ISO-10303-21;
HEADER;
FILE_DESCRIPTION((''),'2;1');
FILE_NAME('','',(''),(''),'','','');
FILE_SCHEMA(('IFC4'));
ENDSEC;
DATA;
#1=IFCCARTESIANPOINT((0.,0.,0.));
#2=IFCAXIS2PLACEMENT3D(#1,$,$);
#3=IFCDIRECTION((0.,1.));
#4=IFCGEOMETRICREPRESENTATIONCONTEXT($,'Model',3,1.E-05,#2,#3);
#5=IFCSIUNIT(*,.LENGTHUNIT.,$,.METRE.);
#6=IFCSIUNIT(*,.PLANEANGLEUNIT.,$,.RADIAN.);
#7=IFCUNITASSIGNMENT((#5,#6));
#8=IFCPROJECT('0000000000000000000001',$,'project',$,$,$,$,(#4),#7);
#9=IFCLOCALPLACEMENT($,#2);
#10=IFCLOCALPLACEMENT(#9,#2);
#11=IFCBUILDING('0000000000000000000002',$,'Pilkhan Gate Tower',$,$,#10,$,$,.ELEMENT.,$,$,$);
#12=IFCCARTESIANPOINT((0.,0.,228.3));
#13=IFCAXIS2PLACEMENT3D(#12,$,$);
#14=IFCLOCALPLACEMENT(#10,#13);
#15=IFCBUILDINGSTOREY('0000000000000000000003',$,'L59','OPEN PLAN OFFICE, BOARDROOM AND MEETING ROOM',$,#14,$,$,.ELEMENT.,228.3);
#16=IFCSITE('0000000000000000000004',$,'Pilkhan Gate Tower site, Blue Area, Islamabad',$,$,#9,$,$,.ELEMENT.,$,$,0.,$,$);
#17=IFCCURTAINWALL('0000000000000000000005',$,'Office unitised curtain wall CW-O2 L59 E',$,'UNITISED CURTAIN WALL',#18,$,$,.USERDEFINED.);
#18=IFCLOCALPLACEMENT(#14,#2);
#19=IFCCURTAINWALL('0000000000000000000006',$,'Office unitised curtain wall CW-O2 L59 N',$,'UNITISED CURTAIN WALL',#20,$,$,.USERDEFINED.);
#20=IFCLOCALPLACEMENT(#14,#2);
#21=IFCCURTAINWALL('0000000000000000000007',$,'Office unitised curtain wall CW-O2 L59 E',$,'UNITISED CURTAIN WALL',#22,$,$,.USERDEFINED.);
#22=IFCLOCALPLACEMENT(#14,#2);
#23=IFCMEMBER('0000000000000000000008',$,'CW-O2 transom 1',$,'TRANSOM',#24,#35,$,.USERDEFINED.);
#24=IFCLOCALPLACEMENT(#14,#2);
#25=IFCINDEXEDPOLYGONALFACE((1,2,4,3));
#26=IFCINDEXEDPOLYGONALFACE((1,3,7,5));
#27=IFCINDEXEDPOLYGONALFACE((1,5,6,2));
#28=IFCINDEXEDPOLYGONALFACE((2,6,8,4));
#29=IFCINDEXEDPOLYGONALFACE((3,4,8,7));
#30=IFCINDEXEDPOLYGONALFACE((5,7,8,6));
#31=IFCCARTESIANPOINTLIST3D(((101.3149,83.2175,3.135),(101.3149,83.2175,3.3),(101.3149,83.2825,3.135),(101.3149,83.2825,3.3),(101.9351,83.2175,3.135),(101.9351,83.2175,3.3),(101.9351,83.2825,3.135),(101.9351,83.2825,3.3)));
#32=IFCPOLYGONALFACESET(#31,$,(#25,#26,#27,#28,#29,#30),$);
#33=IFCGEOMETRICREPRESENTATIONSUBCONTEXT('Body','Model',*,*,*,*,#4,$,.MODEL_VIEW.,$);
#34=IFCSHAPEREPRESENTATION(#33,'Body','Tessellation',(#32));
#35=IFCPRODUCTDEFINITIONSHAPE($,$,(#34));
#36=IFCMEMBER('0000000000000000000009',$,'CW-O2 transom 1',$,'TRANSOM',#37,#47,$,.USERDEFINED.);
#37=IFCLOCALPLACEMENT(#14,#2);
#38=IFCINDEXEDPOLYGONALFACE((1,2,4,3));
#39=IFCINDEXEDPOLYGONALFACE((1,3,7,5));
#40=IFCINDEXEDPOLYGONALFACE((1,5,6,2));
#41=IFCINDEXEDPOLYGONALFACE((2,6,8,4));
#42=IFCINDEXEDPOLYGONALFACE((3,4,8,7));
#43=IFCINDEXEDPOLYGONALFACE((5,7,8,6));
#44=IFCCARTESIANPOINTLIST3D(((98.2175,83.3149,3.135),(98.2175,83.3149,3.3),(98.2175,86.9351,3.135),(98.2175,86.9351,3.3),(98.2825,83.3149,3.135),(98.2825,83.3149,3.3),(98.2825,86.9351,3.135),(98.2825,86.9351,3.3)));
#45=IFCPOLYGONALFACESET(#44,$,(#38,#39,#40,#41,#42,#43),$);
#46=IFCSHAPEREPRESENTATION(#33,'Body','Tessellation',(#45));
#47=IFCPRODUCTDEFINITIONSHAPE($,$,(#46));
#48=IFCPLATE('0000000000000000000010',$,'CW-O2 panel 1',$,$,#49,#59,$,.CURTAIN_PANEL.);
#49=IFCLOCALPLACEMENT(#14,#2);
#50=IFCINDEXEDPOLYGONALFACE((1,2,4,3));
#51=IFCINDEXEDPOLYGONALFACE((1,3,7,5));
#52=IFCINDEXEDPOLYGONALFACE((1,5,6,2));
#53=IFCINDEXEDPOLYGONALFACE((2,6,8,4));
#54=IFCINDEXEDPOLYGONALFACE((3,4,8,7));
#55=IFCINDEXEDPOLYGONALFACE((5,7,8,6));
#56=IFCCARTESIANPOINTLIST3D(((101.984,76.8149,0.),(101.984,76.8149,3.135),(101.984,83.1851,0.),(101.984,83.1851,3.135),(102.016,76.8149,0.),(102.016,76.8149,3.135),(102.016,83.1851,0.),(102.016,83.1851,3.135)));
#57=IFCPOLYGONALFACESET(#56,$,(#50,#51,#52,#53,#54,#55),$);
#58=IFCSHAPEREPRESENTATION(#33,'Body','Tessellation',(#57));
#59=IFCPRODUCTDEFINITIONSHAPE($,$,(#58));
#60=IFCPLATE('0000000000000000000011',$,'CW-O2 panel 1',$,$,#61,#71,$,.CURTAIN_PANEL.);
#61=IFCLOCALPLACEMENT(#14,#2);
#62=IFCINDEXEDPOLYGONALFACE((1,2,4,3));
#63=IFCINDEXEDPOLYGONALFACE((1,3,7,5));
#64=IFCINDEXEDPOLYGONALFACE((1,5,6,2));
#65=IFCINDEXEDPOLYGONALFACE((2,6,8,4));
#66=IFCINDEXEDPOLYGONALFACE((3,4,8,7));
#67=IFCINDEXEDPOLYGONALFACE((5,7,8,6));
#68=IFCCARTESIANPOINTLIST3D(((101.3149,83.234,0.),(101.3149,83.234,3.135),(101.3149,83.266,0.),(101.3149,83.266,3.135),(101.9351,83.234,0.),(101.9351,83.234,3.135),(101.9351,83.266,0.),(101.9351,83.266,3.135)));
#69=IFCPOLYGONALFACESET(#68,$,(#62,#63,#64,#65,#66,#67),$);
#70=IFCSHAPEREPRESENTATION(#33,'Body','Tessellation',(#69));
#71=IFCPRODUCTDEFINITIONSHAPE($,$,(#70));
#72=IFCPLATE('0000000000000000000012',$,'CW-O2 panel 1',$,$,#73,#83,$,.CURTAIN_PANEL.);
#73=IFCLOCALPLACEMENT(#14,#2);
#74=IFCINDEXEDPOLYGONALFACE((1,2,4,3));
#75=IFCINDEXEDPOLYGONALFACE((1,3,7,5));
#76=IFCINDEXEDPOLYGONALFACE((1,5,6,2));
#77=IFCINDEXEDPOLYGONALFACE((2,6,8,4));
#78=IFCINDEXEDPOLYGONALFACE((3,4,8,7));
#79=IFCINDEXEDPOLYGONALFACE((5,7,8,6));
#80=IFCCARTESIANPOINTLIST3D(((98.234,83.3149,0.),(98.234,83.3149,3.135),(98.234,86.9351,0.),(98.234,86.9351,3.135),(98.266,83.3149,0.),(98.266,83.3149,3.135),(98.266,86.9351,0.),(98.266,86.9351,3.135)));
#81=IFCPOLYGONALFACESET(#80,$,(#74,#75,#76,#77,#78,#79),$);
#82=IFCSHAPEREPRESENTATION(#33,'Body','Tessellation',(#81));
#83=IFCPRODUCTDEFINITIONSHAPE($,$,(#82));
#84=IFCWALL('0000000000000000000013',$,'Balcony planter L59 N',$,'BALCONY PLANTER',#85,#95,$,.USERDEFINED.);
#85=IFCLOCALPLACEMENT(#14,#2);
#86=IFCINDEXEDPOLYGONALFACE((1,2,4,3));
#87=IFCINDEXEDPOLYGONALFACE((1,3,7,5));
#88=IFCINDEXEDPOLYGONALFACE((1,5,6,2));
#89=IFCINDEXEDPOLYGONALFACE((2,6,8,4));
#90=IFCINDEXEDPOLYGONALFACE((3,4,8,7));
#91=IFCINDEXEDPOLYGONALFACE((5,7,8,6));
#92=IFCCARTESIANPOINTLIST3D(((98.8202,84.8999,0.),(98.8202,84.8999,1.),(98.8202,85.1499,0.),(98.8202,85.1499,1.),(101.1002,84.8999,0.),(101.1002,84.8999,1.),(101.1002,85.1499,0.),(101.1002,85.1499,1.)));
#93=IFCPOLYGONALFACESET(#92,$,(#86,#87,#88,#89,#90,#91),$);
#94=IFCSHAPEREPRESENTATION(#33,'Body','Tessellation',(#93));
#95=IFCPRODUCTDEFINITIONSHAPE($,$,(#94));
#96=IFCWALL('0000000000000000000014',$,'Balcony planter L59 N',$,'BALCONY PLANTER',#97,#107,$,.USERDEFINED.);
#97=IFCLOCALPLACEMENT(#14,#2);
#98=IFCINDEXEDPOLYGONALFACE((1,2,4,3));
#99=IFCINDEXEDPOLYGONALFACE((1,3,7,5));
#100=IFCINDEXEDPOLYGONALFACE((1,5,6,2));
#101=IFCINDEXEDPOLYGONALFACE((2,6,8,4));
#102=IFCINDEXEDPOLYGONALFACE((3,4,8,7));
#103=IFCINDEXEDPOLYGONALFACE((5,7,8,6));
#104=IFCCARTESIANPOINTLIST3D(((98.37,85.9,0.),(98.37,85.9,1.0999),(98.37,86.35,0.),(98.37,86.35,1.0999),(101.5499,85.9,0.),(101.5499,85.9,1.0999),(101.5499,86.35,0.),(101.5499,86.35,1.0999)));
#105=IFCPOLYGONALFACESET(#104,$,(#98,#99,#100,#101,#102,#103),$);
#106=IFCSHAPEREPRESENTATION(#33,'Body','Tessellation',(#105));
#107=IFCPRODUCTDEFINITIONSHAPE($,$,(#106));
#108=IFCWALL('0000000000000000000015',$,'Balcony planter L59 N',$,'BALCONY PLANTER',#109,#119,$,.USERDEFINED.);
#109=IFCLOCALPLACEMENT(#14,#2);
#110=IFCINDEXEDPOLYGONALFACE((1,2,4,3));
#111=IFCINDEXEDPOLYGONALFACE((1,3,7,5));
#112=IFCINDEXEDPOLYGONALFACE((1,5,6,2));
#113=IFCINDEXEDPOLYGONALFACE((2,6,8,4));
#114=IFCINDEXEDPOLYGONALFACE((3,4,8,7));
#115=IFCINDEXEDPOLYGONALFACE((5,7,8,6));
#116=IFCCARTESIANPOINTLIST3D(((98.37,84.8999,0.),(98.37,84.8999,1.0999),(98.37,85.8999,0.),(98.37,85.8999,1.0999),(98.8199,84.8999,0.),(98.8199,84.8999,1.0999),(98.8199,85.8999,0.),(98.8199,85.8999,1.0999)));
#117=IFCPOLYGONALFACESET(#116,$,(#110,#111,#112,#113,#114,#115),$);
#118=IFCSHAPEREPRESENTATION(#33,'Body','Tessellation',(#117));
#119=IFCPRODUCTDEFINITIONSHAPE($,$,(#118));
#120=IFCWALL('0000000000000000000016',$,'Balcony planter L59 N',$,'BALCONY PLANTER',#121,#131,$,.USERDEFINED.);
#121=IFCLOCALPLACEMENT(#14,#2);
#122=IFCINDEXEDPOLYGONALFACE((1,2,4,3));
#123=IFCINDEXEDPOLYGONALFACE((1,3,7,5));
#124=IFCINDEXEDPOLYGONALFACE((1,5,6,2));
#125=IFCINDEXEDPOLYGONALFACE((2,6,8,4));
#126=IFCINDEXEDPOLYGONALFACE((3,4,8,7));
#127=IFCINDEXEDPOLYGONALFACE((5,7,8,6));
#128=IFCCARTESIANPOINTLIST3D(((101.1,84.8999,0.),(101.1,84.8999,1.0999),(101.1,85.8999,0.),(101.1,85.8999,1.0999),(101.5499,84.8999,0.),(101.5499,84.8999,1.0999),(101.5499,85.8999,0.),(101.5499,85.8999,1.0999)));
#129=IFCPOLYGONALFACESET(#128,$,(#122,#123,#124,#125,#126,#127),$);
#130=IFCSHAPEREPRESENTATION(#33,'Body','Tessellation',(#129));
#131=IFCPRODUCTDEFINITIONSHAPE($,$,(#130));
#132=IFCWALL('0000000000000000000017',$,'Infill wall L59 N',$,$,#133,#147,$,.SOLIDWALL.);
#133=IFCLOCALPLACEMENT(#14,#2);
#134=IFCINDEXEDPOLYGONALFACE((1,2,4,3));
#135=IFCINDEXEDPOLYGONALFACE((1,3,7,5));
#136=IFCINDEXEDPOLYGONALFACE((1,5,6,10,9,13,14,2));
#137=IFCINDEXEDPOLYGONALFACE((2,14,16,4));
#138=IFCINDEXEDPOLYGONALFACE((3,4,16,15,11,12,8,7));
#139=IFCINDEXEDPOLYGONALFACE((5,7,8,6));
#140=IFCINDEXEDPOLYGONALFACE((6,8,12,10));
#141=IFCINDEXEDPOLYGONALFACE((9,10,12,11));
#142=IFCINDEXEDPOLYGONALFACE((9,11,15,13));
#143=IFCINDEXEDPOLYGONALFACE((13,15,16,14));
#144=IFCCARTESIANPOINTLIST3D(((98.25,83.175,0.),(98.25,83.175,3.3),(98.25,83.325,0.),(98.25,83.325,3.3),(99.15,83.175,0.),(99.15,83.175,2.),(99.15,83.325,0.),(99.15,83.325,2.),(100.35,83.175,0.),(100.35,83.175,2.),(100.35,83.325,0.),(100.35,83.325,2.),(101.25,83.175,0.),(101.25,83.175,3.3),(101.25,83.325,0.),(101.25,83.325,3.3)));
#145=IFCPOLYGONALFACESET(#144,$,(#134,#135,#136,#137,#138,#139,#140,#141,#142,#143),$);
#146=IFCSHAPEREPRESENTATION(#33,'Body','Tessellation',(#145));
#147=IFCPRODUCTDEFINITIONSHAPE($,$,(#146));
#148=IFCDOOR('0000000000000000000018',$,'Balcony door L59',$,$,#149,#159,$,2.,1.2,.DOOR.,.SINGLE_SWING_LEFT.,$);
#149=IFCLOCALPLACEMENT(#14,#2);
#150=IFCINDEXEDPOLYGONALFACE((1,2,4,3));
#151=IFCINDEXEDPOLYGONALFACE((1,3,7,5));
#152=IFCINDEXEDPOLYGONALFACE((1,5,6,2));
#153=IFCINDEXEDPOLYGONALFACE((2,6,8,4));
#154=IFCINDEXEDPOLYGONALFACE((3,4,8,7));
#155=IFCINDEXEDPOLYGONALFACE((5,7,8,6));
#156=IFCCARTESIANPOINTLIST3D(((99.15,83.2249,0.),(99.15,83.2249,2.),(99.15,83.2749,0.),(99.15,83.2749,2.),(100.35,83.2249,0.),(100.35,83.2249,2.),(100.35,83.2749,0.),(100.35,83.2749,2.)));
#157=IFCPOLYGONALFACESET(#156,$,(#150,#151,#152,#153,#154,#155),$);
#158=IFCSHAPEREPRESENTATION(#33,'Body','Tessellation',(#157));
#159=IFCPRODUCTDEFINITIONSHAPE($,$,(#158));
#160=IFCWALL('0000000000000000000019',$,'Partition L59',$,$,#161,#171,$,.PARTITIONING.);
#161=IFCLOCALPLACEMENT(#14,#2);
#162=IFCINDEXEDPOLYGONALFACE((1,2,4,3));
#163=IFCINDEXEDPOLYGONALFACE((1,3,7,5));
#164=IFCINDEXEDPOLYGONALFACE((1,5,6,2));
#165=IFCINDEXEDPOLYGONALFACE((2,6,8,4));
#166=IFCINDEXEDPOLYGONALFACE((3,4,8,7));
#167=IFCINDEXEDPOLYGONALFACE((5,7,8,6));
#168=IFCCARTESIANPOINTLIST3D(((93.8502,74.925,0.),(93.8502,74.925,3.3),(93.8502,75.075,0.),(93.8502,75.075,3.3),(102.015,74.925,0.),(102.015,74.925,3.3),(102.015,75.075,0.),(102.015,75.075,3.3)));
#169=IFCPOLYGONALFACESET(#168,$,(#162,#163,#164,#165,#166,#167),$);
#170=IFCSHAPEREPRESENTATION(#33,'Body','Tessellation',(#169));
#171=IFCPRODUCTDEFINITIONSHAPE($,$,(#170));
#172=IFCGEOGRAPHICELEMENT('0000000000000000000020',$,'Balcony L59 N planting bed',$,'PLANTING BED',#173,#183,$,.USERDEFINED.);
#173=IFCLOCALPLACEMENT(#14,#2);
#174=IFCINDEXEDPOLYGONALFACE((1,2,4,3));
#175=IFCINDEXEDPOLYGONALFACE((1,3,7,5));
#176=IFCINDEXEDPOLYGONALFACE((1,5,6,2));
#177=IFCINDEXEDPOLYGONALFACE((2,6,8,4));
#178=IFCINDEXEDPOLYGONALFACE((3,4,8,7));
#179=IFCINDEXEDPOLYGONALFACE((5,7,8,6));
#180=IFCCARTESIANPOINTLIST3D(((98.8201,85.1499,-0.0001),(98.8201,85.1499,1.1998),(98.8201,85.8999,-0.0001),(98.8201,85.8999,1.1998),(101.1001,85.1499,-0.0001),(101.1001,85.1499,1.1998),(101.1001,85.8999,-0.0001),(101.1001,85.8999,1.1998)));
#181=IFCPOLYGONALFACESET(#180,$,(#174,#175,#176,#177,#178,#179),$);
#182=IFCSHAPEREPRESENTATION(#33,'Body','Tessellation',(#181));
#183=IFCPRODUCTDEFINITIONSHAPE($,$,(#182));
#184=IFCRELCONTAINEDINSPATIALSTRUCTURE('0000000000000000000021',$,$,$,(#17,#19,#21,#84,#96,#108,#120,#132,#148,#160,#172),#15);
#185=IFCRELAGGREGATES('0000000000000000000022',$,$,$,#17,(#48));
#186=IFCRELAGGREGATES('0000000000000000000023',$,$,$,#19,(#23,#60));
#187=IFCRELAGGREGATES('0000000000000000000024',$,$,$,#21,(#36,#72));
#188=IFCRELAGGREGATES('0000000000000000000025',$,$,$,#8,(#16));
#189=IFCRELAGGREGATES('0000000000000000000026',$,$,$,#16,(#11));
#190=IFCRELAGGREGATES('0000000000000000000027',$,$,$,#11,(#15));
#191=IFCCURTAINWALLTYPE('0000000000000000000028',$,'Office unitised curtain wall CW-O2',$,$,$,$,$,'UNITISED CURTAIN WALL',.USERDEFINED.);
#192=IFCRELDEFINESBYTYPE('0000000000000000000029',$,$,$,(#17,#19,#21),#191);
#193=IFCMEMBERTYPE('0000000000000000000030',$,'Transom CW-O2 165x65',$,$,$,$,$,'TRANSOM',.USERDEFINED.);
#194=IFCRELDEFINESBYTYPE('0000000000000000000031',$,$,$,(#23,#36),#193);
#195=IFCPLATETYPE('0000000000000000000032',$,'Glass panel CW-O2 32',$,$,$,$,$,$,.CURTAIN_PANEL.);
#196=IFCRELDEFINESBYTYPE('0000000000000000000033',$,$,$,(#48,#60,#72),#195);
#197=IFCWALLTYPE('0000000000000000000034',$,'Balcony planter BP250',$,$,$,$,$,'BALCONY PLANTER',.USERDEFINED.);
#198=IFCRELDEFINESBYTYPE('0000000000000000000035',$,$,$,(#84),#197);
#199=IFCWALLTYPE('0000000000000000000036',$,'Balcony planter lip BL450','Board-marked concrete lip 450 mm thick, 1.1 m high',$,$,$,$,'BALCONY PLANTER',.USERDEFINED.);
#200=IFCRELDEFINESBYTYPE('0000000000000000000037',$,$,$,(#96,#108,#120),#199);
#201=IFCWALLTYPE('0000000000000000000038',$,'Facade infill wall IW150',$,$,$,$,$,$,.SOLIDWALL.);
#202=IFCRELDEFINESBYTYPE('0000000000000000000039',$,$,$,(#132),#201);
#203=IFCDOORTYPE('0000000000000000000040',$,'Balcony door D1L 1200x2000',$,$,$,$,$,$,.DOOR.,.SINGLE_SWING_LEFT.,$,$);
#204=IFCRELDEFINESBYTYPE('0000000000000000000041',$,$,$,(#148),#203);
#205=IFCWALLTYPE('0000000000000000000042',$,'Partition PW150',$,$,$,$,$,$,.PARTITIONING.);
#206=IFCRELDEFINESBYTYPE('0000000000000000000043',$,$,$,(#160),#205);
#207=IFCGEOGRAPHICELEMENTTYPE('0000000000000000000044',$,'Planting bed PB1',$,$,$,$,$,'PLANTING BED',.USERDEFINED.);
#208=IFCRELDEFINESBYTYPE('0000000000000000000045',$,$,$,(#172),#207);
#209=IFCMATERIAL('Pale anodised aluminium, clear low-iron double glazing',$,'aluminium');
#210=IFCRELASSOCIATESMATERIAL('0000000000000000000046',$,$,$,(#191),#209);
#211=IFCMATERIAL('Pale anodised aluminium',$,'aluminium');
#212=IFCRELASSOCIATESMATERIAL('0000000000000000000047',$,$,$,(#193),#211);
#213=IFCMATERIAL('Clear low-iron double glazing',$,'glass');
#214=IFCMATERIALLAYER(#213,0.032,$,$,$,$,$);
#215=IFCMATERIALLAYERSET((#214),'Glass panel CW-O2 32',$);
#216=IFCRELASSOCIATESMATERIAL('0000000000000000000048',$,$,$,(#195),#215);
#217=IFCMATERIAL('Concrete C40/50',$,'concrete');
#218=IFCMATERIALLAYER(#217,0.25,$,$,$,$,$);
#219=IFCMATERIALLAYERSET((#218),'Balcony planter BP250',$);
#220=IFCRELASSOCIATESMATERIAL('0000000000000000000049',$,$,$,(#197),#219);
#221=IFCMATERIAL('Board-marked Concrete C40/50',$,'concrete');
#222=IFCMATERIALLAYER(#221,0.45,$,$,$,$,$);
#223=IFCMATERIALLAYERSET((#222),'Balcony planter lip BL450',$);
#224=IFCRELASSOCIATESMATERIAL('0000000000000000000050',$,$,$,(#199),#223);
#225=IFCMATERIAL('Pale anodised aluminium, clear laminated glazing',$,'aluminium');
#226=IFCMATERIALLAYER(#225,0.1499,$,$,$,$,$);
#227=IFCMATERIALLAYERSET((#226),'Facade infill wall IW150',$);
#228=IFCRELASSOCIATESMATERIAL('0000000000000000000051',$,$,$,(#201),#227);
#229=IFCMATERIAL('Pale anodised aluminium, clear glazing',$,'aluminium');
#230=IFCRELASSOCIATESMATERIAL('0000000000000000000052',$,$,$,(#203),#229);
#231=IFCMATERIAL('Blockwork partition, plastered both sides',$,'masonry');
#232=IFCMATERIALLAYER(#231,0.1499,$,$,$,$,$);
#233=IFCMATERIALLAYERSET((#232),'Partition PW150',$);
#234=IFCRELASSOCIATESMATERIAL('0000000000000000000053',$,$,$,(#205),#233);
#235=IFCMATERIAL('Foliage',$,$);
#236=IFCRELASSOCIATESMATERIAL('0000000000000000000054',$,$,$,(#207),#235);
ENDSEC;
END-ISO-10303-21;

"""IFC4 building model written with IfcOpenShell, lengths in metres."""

from ifc_helpers import new_model, si_unit, direction, frame, frame_2d, origin, origin_2d, place, context, subcontext, project, spatial, rectangle, extrude, material, layer, layer_set, material_profile, profile_set, type_object, element, fill, aggregate, save


model = new_model("IFC4")

# Units and contexts
model_context = context("Model", 3, precision=1e-05, world=origin(), true_north=direction((0.0, 1.0)))
body_context = subcontext(model_context, "Body", "Model", "MODEL_VIEW")
ifc_project = project(units=[si_unit("LENGTHUNIT", "METRE"), si_unit("PLANEANGLEUNIT", "RADIAN")], contexts=[model_context])

# Site, building, storey
site_placement = place(None, origin())
site = spatial("IfcSite", under=ifc_project, at=site_placement, Name="Pilkhan Gate Tower site, Blue Area, Islamabad", CompositionType="ELEMENT", RefElevation=0.0)
building_placement = place(site_placement, origin())
building = spatial("IfcBuilding", under=site, at=building_placement, Name="Pilkhan Gate Tower", CompositionType="ELEMENT")
storey_placement = place(building_placement, frame((0.0, 0.0, 228.3)))
storey = spatial("IfcBuildingStorey", under=building, at=storey_placement, Name="L59", Description="OPEN PLAN OFFICE, BOARDROOM AND MEETING ROOM", CompositionType="ELEMENT", Elevation=228.3)

# Shared definitions
ifc_material_1 = material(Name="Pale anodised aluminium, clear low-iron double glazing", Category="aluminium")
curtain_wall_type = type_object("IfcCurtainWallType", Name="Office unitised curtain wall CW-O2", ElementType="UNITISED CURTAIN WALL", PredefinedType="USERDEFINED", material=ifc_material_1)
ifc_material_2 = material(Name="Pale anodised aluminium", Category="aluminium")

# Curtain walls
curtain_wall_1_placement = place(storey_placement, origin())
curtain_wall_1 = element("IfcCurtainWall", 1, at=curtain_wall_1_placement, inside=storey, type_object=curtain_wall_type, Name="Office unitised curtain wall CW-O2 L59 E", ObjectType="UNITISED CURTAIN WALL", PredefinedType="USERDEFINED")
curtain_wall_2_placement = place(storey_placement, origin())
curtain_wall_2 = element("IfcCurtainWall", 2, at=curtain_wall_2_placement, inside=storey, type_object=curtain_wall_type, Name="Office unitised curtain wall CW-O2 L59 N", ObjectType="UNITISED CURTAIN WALL", PredefinedType="USERDEFINED")

# Curtain wall
curtain_wall_3_placement = place(storey_placement, origin())
curtain_wall_3 = element("IfcCurtainWall", 3, at=curtain_wall_3_placement, inside=storey, type_object=curtain_wall_type, Name="Office unitised curtain wall CW-O2 L59 E", ObjectType="UNITISED CURTAIN WALL", PredefinedType="USERDEFINED")

# Members
ifc_material_profile_1 = material_profile(ifc_material_2, rectangle(XDim=0.0649, YDim=0.165, at=origin_2d()), Name="Transom 165x65")
ifc_profile_set_1 = profile_set([ifc_material_profile_1], Name="Pale anodised aluminium")
member_type_1 = type_object("IfcMemberType", Name="Transom CW-O2 165x65", ElementType="TRANSOM", PredefinedType="USERDEFINED", material=ifc_profile_set_1)
member_1_placement = place(storey_placement, frame((101.3149, 83.25, 3.2175), z_axis=(1.0, 0.0, 0.0), x_axis=(0.0, 1.0, 0.0)))
member_1 = element("IfcMember", 4, at=member_1_placement, type_object=member_type_1, Name="CW-O2 transom 1", ObjectType="TRANSOM", PredefinedType="USERDEFINED", context=body_context, shape_type="SweptSolid", body=[
    extrude(rectangle(XDim=0.0649, YDim=0.165, at=origin_2d()), origin(), (0.0, 0.0, 1.0), 0.6201),
])
member_2_placement = place(storey_placement, frame((98.25, 83.3149, 3.2175), z_axis=(0.0, 1.0, 0.0), x_axis=(-1.0, 0.0, 0.0)))
member_2 = element("IfcMember", 5, at=member_2_placement, type_object=member_type_1, Name="CW-O2 transom 1", ObjectType="TRANSOM", PredefinedType="USERDEFINED", context=body_context, shape_type="SweptSolid", body=[
    extrude(rectangle(XDim=0.0649, YDim=0.165, at=origin_2d()), origin(), (0.0, 0.0, 1.0), 3.6201),
])

# Plates
ifc_material_3 = material(Name="Clear low-iron double glazing", Category="glass")
ifc_layer_1 = layer(ifc_material_3, 0.032)
ifc_layer_set_1 = layer_set([ifc_layer_1], Name="Glass panel CW-O2 32")
plate_type = type_object("IfcPlateType", Name="Glass panel CW-O2 32", PredefinedType="CURTAIN_PANEL", material=ifc_layer_set_1)
plate_1_placement = place(storey_placement, frame((102.0, 80.0, 0.0), z_axis=(0.0, 0.0, 1.0), x_axis=(0.0, 1.0, 0.0)))
plate_1 = element("IfcPlate", 6, at=plate_1_placement, type_object=plate_type, Name="CW-O2 panel 1", PredefinedType="CURTAIN_PANEL", context=body_context, shape_type="SweptSolid", body=[
    extrude(rectangle(XDim=6.3701, YDim=0.032, at=origin_2d()), origin(), (0.0, 0.0, 1.0), 3.135),
])
aggregate(curtain_wall_1, [plate_1])
plate_2_placement = place(storey_placement, frame((101.625, 83.25, 0.0), z_axis=(0.0, 0.0, 1.0), x_axis=(1.0, 0.0, 0.0)))
plate_2 = element("IfcPlate", 7, at=plate_2_placement, type_object=plate_type, Name="CW-O2 panel 1", PredefinedType="CURTAIN_PANEL", context=body_context, shape_type="SweptSolid", body=[
    extrude(rectangle(XDim=0.6201, YDim=0.032, at=origin_2d()), origin(), (0.0, 0.0, 1.0), 3.135),
])
aggregate(curtain_wall_2, [member_1, plate_2])
plate_3_placement = place(storey_placement, frame((98.25, 85.125, 0.0), z_axis=(0.0, 0.0, 1.0), x_axis=(0.0, 1.0, 0.0)))
plate_3 = element("IfcPlate", 8, at=plate_3_placement, type_object=plate_type, Name="CW-O2 panel 1", PredefinedType="CURTAIN_PANEL", context=body_context, shape_type="SweptSolid", body=[
    extrude(rectangle(XDim=3.6201, YDim=0.032, at=origin_2d()), origin(), (0.0, 0.0, 1.0), 3.135),
])
aggregate(curtain_wall_3, [member_2, plate_3])

# Walls
ifc_material_4 = material(Name="Concrete C40/50", Category="concrete")
ifc_layer_2 = layer(ifc_material_4, 0.25)
ifc_layer_set_2 = layer_set([ifc_layer_2], Name="Balcony planter BP250")
wall_type_1 = type_object("IfcWallType", Name="Balcony planter BP250", ElementType="BALCONY PLANTER", PredefinedType="USERDEFINED", material=ifc_layer_set_2)
wall_1_placement = place(storey_placement, frame((98.8201, 85.0249, 0.0), z_axis=(0.0, 0.0, 1.0), x_axis=(1.0, 0.0, 0.0)))
element("IfcWall", 9, at=wall_1_placement, inside=storey, type_object=wall_type_1, Name="Balcony planter L59 N", ObjectType="BALCONY PLANTER", PredefinedType="USERDEFINED", context=body_context, shape_type="SweptSolid", body=[
    extrude(rectangle(XDim=2.28, YDim=0.25, at=frame_2d((1.1401, 0.0))), origin(), (0.0, 0.0, 1.0), 1.0),
])
ifc_material_5 = material(Name="Board-marked Concrete C40/50", Category="concrete")
ifc_layer_3 = layer(ifc_material_5, 0.45)
ifc_layer_set_3 = layer_set([ifc_layer_3], Name="Balcony planter lip BL450")
wall_type_2 = type_object("IfcWallType", Name="Balcony planter lip BL450", Description="Board-marked concrete lip 450 mm thick, 1.1 m high", ElementType="BALCONY PLANTER", PredefinedType="USERDEFINED", material=ifc_layer_set_3)
wall_2_placement = place(storey_placement, frame((98.3701, 86.125, 0.0), z_axis=(0.0, 0.0, 1.0), x_axis=(1.0, 0.0, 0.0)))
element("IfcWall", 10, at=wall_2_placement, inside=storey, type_object=wall_type_2, Name="Balcony planter L59 N", ObjectType="BALCONY PLANTER", PredefinedType="USERDEFINED", context=body_context, shape_type="SweptSolid", body=[
    extrude(rectangle(XDim=3.1799, YDim=0.45, at=frame_2d((1.5898, 0.0))), origin(), (0.0, 0.0, 1.0), 1.0999),
])
for number, where, z_axis, x_axis, name in (
    (11, (98.595, 84.8999, 0.0), (0.0, 0.0, 1.0), (0.0, 1.0, 0.0), "Balcony planter L59 N"),
    (12, (101.325, 84.8999, 0.0), (0.0, 0.0, 1.0), (0.0, 1.0, 0.0), "Balcony planter L59 N"),
):
    element("IfcWall", number, at=place(storey_placement, frame(where, z_axis=z_axis, x_axis=x_axis)), inside=storey, type_object=wall_type_2, Name=name, ObjectType="BALCONY PLANTER", PredefinedType="USERDEFINED", context=body_context, shape_type="SweptSolid", body=[
        extrude(rectangle(XDim=1.0, YDim=0.45, at=frame_2d((0.5, 0.0))), origin(), (0.0, 0.0, 1.0), 1.0999),
    ])

# Wall, opening, door
ifc_material_6 = material(Name="Pale anodised aluminium, clear laminated glazing", Category="aluminium")
ifc_layer_4 = layer(ifc_material_6, 0.1499)
ifc_layer_set_4 = layer_set([ifc_layer_4], Name="Facade infill wall IW150")
wall_type_3 = type_object("IfcWallType", Name="Facade infill wall IW150", PredefinedType="SOLIDWALL", material=ifc_layer_set_4)
wall_3_placement = place(storey_placement, frame((98.25, 83.25, 0.0), z_axis=(0.0, 0.0, 1.0), x_axis=(1.0, 0.0, 0.0)))
wall_3 = element("IfcWall", 13, at=wall_3_placement, inside=storey, type_object=wall_type_3, Name="Infill wall L59 N", PredefinedType="SOLIDWALL", context=body_context, shape_type="SweptSolid", body=[
    extrude(rectangle(XDim=3.0, YDim=0.1499, at=frame_2d((1.5, 0.0))), origin(), (0.0, 0.0, 1.0), 3.3),
])
opening_placement = place(wall_3_placement, frame((0.8999, 0.0, 0.0)))
opening = element("IfcOpeningElement", 14, at=opening_placement, cuts=wall_3, PredefinedType="OPENING", context=body_context, shape_type="SweptSolid", body=[
    extrude(rectangle(XDim=1.2, YDim=2.0, at=frame_2d((0.6001, 1.0))), frame((0.0, 0.085, 0.0), z_axis=(0.0, -1.0, 0.0), x_axis=(1.0, 0.0, 0.0)), (0.0, 0.0, 1.0), 0.1699),
])
ifc_material_7 = material(Name="Pale anodised aluminium, clear glazing", Category="aluminium")
door_type = type_object("IfcDoorType", Name="Balcony door D1L 1200x2000", OperationType="SINGLE_SWING_LEFT", PredefinedType="DOOR", material=ifc_material_7)
door_placement = place(opening_placement, origin())
door = element("IfcDoor", 15, at=door_placement, inside=storey, type_object=door_type, Name="Balcony door L59", OperationType="SINGLE_SWING_LEFT", OverallHeight=2.0, OverallWidth=1.2, PredefinedType="DOOR", context=body_context, shape_type="SweptSolid", body=[
    extrude(rectangle(XDim=1.2, YDim=2.0, at=frame_2d((0.6001, 1.0))), frame((0.0, 0.0249, 0.0), z_axis=(0.0, -1.0, 0.0), x_axis=(1.0, 0.0, 0.0)), (0.0, 0.0, 1.0), 0.05),
])
fill(opening, door)

# Wall
ifc_material_8 = material(Name="Blockwork partition, plastered both sides", Category="masonry")
ifc_layer_5 = layer(ifc_material_8, 0.1499)
ifc_layer_set_5 = layer_set([ifc_layer_5], Name="Partition PW150")
wall_type_4 = type_object("IfcWallType", Name="Partition PW150", PredefinedType="PARTITIONING", material=ifc_layer_set_5)
wall_4_placement = place(storey_placement, frame((93.8501, 75.0, 0.0), z_axis=(0.0, 0.0, 1.0), x_axis=(1.0, 0.0, 0.0)))
element("IfcWall", 16, at=wall_4_placement, inside=storey, type_object=wall_type_4, Name="Partition L59", PredefinedType="PARTITIONING", context=body_context, shape_type="SweptSolid", body=[
    extrude(rectangle(XDim=8.1648, YDim=0.1499, at=frame_2d((4.0825, 0.0))), origin(), (0.0, 0.0, 1.0), 3.3),
])

# Geographic element
ifc_material_9 = material(Name="Foliage")
ifc_material_profile_2 = material_profile(ifc_material_9, rectangle(XDim=0.75, YDim=1.2, at=origin_2d()), Name="Bed 750x1200")
ifc_profile_set_2 = profile_set([ifc_material_profile_2], Name="Foliage")
geographic_element_type_1 = type_object("IfcGeographicElementType", Name="Planting bed PB1", ElementType="PLANTING BED", PredefinedType="USERDEFINED", material=ifc_profile_set_2)
geographic_element_1_placement = place(storey_placement, frame((98.8201, 85.5249, 0.5999), z_axis=(1.0, 0.0, 0.0), x_axis=(0.0, 1.0, 0.0)))
element("IfcGeographicElement", 17, at=geographic_element_1_placement, inside=storey, type_object=geographic_element_type_1, Name="Balcony L59 N planting bed", ObjectType="PLANTING BED", PredefinedType="USERDEFINED", context=body_context, shape_type="SweptSolid", body=[
    extrude(rectangle(XDim=0.75, YDim=1.2, at=origin_2d()), origin(), (0.0, 0.0, 1.0), 2.28),
])

save(model, "model.ifc")
